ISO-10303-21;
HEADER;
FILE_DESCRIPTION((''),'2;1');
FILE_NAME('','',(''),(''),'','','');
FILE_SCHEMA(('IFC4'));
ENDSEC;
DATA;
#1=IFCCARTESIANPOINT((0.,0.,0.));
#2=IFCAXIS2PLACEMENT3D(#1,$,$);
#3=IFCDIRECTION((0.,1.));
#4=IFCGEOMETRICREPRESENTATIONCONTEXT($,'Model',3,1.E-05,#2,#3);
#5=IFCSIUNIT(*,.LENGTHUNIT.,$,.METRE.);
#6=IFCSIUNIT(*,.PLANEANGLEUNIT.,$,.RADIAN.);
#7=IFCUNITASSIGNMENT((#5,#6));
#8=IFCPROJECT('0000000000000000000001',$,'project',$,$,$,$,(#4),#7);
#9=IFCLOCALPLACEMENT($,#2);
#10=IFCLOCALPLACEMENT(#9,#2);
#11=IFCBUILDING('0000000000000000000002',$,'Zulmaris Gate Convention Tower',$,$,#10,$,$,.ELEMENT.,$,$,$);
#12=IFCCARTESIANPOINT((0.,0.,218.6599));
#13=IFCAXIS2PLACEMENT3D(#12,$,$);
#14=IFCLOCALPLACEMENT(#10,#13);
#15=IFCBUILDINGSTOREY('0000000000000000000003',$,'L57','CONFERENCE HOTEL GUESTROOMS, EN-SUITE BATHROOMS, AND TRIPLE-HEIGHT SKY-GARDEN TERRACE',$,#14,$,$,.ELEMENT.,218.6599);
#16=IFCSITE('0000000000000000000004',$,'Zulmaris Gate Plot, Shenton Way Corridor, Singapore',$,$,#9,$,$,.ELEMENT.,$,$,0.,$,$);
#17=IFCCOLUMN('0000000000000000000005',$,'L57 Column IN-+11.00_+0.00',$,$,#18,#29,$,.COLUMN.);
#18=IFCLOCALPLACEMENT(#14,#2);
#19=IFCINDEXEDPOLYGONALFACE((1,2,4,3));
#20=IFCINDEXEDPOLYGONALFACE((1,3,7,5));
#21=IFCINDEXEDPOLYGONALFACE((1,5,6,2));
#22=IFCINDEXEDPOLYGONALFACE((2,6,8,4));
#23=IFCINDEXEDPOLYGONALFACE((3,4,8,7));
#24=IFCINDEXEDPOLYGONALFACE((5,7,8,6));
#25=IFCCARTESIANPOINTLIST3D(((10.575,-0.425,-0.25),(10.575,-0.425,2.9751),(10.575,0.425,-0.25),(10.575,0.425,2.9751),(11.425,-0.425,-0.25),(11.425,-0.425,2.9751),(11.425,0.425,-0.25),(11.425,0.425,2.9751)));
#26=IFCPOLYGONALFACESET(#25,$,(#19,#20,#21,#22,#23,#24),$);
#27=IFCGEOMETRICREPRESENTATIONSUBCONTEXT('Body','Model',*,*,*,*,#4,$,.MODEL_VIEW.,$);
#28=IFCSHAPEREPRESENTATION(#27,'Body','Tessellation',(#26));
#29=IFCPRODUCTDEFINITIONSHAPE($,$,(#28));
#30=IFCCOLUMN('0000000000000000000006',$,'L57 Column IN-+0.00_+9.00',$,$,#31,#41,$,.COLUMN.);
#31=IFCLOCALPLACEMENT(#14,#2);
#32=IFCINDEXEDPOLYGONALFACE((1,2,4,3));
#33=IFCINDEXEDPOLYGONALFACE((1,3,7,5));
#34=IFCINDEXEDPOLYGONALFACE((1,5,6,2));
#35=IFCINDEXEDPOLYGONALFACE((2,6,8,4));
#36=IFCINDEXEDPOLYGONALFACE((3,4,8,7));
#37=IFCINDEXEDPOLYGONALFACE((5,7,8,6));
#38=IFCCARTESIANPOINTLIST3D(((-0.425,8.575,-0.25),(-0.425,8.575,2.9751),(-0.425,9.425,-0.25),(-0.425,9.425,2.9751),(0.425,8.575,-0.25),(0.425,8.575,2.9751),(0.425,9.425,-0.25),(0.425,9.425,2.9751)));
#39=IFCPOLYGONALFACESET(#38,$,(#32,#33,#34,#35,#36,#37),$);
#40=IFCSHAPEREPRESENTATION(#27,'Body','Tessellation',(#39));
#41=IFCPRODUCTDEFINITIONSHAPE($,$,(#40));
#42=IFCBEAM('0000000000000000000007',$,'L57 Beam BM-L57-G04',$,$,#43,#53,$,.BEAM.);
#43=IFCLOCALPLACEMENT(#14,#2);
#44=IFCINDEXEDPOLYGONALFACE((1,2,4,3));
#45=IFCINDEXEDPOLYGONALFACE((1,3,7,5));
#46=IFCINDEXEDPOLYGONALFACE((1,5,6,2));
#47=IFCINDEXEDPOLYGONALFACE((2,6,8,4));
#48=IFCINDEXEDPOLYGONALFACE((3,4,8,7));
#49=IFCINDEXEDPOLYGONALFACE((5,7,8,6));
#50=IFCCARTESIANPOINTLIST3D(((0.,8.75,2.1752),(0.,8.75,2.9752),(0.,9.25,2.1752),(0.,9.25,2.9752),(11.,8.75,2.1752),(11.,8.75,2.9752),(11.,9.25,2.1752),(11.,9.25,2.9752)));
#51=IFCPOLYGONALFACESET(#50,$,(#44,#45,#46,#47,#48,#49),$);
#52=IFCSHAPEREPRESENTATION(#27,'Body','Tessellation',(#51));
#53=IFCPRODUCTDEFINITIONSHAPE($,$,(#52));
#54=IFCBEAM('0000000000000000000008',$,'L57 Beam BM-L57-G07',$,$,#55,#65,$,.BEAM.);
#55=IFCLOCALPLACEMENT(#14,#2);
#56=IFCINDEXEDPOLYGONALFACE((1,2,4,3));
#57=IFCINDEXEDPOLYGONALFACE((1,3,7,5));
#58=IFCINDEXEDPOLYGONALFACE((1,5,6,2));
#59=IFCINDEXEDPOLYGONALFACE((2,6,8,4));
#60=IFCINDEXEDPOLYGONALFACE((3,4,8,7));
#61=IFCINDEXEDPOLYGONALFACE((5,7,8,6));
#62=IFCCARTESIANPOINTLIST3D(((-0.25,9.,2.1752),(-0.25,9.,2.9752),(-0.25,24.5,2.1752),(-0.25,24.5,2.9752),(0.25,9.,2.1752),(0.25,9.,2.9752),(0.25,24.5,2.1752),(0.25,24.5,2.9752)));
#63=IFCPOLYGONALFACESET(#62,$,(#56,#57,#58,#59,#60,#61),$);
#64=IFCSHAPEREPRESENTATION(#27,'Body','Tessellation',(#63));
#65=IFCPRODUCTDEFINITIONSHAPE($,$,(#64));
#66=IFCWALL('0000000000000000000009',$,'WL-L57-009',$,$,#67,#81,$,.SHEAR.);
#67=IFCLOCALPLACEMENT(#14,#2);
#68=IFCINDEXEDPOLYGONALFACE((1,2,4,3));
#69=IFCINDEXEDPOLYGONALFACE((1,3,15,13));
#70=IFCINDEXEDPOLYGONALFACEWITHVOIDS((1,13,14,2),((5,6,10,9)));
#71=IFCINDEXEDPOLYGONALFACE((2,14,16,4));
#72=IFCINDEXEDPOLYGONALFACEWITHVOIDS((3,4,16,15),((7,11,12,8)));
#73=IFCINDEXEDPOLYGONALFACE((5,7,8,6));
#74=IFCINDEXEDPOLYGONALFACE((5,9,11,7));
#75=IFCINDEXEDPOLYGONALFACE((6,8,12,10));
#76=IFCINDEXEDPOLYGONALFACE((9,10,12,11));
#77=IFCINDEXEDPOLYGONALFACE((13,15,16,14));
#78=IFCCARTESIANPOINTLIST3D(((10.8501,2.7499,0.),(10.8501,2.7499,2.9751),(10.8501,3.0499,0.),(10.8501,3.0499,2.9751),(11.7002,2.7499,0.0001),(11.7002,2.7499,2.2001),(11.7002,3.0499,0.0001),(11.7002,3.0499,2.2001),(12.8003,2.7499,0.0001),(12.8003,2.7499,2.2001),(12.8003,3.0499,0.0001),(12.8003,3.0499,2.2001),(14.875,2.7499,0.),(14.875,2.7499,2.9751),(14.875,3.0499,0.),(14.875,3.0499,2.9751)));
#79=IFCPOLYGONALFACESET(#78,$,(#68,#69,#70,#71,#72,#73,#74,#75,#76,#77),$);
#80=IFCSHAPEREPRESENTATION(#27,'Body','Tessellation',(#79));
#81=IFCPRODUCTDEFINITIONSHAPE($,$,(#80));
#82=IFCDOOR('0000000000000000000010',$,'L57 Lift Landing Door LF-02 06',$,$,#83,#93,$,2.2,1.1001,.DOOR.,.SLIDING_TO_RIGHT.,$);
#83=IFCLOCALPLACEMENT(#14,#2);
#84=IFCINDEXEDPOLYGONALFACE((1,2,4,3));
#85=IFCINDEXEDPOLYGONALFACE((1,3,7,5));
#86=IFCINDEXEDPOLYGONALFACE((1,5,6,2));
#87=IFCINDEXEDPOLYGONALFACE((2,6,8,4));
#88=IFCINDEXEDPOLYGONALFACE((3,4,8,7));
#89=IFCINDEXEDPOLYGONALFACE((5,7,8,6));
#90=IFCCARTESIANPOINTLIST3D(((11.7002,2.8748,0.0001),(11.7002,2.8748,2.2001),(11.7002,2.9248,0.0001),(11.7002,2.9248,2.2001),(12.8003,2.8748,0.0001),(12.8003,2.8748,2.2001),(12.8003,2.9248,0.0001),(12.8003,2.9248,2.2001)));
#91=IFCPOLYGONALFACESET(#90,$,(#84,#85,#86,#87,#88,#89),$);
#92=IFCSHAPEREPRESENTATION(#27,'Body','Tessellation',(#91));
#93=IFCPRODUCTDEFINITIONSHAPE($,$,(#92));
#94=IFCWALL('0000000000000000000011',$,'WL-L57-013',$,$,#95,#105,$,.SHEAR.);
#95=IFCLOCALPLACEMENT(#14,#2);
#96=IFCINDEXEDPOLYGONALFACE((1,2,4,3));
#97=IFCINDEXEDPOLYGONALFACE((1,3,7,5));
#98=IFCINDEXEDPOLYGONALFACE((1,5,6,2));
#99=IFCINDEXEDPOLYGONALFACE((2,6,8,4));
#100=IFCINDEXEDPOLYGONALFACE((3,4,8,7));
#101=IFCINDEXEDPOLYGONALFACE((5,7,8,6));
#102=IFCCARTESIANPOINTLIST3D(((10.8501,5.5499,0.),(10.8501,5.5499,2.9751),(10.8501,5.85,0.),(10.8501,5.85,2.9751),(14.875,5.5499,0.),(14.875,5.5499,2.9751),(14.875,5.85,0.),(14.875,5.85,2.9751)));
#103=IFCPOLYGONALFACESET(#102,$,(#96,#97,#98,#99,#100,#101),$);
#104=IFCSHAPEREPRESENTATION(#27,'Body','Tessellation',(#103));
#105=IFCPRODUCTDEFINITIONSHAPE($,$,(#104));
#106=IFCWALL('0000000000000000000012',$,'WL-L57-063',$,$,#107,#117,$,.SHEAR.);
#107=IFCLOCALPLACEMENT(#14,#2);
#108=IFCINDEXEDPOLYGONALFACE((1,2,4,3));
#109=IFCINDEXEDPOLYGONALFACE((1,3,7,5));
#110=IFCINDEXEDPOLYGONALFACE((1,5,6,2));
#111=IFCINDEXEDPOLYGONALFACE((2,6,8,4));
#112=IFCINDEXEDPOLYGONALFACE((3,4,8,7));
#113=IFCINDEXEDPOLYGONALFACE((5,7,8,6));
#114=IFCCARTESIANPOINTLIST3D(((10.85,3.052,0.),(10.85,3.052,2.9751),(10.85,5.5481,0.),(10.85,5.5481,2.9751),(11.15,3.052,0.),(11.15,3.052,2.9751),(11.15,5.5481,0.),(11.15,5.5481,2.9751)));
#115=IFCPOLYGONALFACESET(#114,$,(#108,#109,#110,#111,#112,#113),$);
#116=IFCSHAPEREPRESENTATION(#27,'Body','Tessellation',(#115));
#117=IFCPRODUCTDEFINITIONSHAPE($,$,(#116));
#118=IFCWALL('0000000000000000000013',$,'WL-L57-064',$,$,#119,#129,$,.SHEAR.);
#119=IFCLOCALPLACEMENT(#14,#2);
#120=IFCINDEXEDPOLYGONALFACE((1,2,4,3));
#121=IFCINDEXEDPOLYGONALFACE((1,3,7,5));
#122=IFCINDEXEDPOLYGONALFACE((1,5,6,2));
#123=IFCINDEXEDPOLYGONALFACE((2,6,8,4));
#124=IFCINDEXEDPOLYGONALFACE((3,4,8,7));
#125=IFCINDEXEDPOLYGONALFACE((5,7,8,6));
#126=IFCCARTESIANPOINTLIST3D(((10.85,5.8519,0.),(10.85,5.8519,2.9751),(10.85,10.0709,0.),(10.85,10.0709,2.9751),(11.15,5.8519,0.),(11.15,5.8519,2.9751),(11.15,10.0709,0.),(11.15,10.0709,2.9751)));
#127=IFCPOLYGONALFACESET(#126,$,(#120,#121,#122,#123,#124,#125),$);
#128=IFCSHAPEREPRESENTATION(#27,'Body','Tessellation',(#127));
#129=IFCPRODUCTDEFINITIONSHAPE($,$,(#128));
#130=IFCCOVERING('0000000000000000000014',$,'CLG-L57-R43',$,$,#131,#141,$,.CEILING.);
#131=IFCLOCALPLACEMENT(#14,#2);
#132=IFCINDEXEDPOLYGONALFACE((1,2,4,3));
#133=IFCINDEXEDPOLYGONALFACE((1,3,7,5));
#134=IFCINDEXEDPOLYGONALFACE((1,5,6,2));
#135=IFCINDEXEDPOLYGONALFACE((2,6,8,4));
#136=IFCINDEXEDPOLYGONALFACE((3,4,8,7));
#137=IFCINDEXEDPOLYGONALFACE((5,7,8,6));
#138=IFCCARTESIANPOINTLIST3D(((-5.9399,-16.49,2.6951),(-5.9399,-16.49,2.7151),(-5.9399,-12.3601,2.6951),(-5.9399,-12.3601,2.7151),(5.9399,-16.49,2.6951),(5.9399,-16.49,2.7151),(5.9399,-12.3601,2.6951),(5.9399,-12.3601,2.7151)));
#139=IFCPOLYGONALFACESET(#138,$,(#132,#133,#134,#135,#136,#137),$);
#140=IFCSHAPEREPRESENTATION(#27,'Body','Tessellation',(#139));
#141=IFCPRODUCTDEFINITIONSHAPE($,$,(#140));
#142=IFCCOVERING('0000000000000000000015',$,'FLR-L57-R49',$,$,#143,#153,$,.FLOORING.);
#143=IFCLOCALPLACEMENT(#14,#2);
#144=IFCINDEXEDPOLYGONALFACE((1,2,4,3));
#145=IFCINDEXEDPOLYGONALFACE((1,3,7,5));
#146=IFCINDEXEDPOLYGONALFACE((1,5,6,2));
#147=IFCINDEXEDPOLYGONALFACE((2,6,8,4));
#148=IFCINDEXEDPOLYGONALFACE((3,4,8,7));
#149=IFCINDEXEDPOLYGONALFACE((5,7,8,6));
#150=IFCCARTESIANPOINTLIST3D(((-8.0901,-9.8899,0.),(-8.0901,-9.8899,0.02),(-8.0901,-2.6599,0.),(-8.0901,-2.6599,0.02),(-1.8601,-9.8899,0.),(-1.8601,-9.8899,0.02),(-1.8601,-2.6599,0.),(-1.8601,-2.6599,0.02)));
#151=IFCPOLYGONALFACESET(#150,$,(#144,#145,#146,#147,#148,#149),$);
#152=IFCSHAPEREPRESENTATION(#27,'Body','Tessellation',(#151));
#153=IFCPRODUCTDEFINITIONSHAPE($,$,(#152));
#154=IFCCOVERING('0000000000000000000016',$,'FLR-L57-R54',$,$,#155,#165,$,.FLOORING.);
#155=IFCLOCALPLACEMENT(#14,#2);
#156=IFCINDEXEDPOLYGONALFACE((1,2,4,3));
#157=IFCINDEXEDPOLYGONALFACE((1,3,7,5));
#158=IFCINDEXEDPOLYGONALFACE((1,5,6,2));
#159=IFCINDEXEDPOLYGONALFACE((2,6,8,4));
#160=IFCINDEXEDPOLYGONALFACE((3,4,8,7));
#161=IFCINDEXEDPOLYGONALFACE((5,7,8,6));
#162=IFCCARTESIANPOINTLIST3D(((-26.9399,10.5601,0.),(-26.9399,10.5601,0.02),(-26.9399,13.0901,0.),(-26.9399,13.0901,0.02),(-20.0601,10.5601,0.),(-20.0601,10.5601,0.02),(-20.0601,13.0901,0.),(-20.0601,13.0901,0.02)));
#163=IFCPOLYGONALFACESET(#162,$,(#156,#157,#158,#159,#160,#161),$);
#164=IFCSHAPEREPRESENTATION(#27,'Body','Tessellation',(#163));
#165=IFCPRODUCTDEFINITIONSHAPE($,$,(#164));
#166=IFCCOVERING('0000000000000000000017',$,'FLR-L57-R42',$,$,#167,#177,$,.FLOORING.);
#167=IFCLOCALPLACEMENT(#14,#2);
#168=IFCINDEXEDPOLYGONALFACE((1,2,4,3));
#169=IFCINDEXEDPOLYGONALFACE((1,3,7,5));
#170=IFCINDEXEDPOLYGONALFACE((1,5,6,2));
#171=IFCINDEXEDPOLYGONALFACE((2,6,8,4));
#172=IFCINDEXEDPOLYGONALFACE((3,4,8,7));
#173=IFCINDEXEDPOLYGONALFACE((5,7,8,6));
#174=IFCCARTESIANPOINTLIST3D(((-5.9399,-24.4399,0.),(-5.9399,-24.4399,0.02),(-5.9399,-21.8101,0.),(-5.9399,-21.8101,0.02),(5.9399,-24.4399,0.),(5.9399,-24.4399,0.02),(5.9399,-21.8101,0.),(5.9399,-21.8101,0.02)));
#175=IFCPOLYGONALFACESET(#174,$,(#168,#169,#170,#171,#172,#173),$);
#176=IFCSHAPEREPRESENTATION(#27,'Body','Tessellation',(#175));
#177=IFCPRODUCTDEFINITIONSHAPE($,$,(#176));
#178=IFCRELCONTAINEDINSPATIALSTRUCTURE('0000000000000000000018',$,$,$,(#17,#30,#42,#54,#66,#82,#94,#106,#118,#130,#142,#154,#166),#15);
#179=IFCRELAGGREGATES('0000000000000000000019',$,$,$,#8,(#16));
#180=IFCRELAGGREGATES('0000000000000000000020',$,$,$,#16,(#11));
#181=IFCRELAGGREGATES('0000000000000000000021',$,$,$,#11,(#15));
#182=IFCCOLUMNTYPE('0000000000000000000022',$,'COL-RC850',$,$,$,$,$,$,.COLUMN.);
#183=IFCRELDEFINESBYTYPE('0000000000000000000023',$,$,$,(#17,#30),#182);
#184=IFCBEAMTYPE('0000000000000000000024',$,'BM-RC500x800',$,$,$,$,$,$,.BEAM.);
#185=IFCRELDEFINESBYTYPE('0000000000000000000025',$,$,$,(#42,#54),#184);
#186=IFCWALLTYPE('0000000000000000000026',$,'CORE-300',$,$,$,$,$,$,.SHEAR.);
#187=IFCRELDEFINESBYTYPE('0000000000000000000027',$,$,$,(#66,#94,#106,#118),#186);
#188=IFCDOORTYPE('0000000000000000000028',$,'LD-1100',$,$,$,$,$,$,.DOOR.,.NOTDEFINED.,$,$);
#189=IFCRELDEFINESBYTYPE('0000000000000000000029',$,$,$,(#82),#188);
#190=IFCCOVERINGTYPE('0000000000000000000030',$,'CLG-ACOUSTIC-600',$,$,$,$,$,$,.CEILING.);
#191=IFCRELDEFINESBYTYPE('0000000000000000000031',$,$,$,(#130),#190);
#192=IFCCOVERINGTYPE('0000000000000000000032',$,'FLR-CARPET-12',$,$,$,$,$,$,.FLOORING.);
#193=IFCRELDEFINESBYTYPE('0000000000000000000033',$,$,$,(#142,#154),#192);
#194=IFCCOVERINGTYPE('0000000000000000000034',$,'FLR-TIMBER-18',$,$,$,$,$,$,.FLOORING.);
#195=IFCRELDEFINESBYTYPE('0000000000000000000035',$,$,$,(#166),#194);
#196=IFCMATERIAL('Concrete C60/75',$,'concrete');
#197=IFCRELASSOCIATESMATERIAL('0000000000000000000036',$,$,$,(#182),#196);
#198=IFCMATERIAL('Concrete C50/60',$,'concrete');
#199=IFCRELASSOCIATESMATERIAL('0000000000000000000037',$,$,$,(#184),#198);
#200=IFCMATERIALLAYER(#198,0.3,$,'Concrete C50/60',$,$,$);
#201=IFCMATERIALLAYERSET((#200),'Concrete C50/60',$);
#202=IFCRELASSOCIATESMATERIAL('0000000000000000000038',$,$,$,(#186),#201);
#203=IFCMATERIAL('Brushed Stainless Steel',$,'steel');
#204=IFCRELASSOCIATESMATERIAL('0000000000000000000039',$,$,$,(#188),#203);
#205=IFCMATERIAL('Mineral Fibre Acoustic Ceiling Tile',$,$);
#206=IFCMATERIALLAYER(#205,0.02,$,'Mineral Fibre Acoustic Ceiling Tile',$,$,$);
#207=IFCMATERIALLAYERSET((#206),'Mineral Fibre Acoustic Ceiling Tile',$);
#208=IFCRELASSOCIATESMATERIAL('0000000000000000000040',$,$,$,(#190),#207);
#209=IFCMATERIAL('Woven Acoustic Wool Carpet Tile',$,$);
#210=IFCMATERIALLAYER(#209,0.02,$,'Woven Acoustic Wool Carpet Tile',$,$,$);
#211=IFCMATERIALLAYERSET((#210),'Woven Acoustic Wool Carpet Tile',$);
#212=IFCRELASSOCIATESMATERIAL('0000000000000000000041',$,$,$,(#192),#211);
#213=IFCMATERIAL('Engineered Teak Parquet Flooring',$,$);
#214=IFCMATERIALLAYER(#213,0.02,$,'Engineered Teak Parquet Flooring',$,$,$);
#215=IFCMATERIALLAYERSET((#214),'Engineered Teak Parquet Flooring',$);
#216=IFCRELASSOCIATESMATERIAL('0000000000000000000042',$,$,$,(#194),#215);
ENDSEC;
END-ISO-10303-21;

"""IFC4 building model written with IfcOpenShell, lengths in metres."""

from ifc_helpers import new_model, si_unit, direction, frame, frame_2d, origin, origin_2d, place, context, subcontext, project, spatial, polyline, rectangle, outline, extrude, material, layer, layer_set, material_profile, profile_set, type_object, element, fill, save


model = new_model("IFC4")

# Units and contexts
model_context = context("Model", 3, precision=1e-05, world=origin(), true_north=direction((0.0, 1.0)))
body_context = subcontext(model_context, "Body", "Model", "MODEL_VIEW")
ifc_project = project(units=[si_unit("LENGTHUNIT", "METRE"), si_unit("PLANEANGLEUNIT", "RADIAN")], contexts=[model_context])

# Site, building, storey
site_placement = place(None, origin())
site = spatial("IfcSite", under=ifc_project, at=site_placement, Name="Zulmaris Gate Plot, Shenton Way Corridor, Singapore", CompositionType="ELEMENT", RefElevation=0.0)
building_placement = place(site_placement, origin())
building = spatial("IfcBuilding", under=site, at=building_placement, Name="Zulmaris Gate Convention Tower", CompositionType="ELEMENT")
storey_placement = place(building_placement, frame((0.0, 0.0, 218.6599)))
storey = spatial("IfcBuildingStorey", under=building, at=storey_placement, Name="L57", Description="CONFERENCE HOTEL GUESTROOMS, EN-SUITE BATHROOMS, AND TRIPLE-HEIGHT SKY-GARDEN TERRACE", CompositionType="ELEMENT", Elevation=218.6599)

# Columns
ifc_material_1 = material(Name="Concrete C60/75", Category="concrete")
ifc_material_profile_1 = material_profile(ifc_material_1, rectangle(XDim=0.8501, YDim=0.8501, at=origin_2d()), Name="RC COL 850x850")
ifc_profile_set_1 = profile_set([ifc_material_profile_1], Name="Concrete C60/75")
column_type = type_object("IfcColumnType", Name="COL-RC850", PredefinedType="COLUMN", material=ifc_profile_set_1)
for number, where, z_axis, x_axis, name in (
    (1, (11.0, 0.0, -0.25), (0.0, 0.0, 1.0), (1.0, 0.0, 0.0), "L57 Column IN-+11.00_+0.00"),
    (2, (0.0, 9.0, -0.25), (0.0, 0.0, 1.0), (1.0, 0.0, 0.0), "L57 Column IN-+0.00_+9.00"),
):
    element("IfcColumn", number, at=place(storey_placement, frame(where, z_axis=z_axis, x_axis=x_axis)), inside=storey, type_object=column_type, Name=name, PredefinedType="COLUMN", context=body_context, shape_type="SweptSolid", body=[
        extrude(rectangle(XDim=0.8501, YDim=0.8501, at=origin_2d()), origin(), (0.0, 0.0, 1.0), 3.2251),
    ])

# Beams
ifc_material_2 = material(Name="Concrete C50/60", Category="concrete")
ifc_material_profile_2 = material_profile(ifc_material_2, rectangle(XDim=0.5, YDim=0.8, at=origin_2d()), Name="RC BEAM 500x800")
ifc_profile_set_2 = profile_set([ifc_material_profile_2], Name="Concrete C50/60")
beam_type = type_object("IfcBeamType", Name="BM-RC500x800", PredefinedType="BEAM", material=ifc_profile_set_2)
beam_1_placement = place(storey_placement, frame((0.0, 9.0, 2.5752), z_axis=(1.0, 0.0, 0.0), x_axis=(0.0, 1.0, 0.0)))
element("IfcBeam", 3, at=beam_1_placement, inside=storey, type_object=beam_type, Name="L57 Beam BM-L57-G04", PredefinedType="BEAM", context=body_context, shape_type="SweptSolid", body=[
    extrude(rectangle(XDim=0.5, YDim=0.8, at=origin_2d()), origin(), (0.0, 0.0, 1.0), 11.0),
])
beam_2_placement = place(storey_placement, frame((0.0, 9.0, 2.5752), z_axis=(0.0, 1.0, 0.0), x_axis=(-1.0, 0.0, 0.0)))
element("IfcBeam", 4, at=beam_2_placement, inside=storey, type_object=beam_type, Name="L57 Beam BM-L57-G07", PredefinedType="BEAM", context=body_context, shape_type="SweptSolid", body=[
    extrude(rectangle(XDim=0.5, YDim=0.8, at=origin_2d()), origin(), (0.0, 0.0, 1.0), 15.5),
])

# Wall, opening, door
ifc_layer_1 = layer(ifc_material_2, 0.3, Name="Concrete C50/60")
ifc_layer_set_1 = layer_set([ifc_layer_1], Name="Concrete C50/60")
wall_type = type_object("IfcWallType", Name="CORE-300", PredefinedType="SHEAR", material=ifc_layer_set_1)
wall_1_placement = place(storey_placement, frame((10.8501, 2.8999, 0.0), z_axis=(0.0, 0.0, 1.0), x_axis=(1.0, 0.0, 0.0)))
wall_1 = element("IfcWall", 5, at=wall_1_placement, inside=storey, type_object=wall_type, Name="WL-L57-009", PredefinedType="SHEAR", context=body_context, shape_type="SweptSolid", body=[
    extrude(rectangle(XDim=4.0249, YDim=0.3, at=frame_2d((2.0125, 0.0))), origin(), (0.0, 0.0, 1.0), 2.9751),
])
opening_1_placement = place(wall_1_placement, frame((0.8501, 0.0, 0.0)))
opening_1 = element("IfcOpeningElement", 6, at=opening_1_placement, cuts=wall_1, PredefinedType="OPENING", context=body_context, shape_type="SweptSolid", body=[
    extrude(rectangle(XDim=1.1001, YDim=2.2, at=frame_2d((0.55, 1.1001))), frame((0.0, 0.1602, 0.0), z_axis=(0.0, -1.0, 0.0), x_axis=(1.0, 0.0, 0.0)), (0.0, 0.0, 1.0), 0.3201),
])
ifc_material_3 = material(Name="Brushed Stainless Steel", Category="steel")
door_type_1 = type_object("IfcDoorType", Name="LD-1100", OperationType="NOTDEFINED", PredefinedType="DOOR", material=ifc_material_3)
door_1_placement = place(opening_1_placement, origin())
door_1 = element("IfcDoor", 7, at=door_1_placement, inside=storey, type_object=door_type_1, Name="L57 Lift Landing Door LF-02 06", OperationType="SLIDING_TO_RIGHT", OverallHeight=2.2, OverallWidth=1.1001, PredefinedType="DOOR", context=body_context, shape_type="SweptSolid", body=[
    extrude(rectangle(XDim=1.1001, YDim=2.2, at=frame_2d((0.55, 1.1001))), frame((0.0, 0.0249, 0.0), z_axis=(0.0, -1.0, 0.0), x_axis=(1.0, 0.0, 0.0)), (0.0, 0.0, 1.0), 0.05),
])
fill(opening_1, door_1)

# Wall
wall_2_placement = place(storey_placement, frame((10.8501, 5.7, 0.0), z_axis=(0.0, 0.0, 1.0), x_axis=(1.0, 0.0, 0.0)))
element("IfcWall", 8, at=wall_2_placement, inside=storey, type_object=wall_type, Name="WL-L57-013", PredefinedType="SHEAR", context=body_context, shape_type="SweptSolid", body=[
    extrude(rectangle(XDim=4.0249, YDim=0.3, at=frame_2d((2.0125, 0.0))), origin(), (0.0, 0.0, 1.0), 2.9751),
])

# Walls
wall_3_placement = place(storey_placement, frame((11.0, 3.052, 0.0), z_axis=(0.0, 0.0, 1.0), x_axis=(0.0, 1.0, 0.0)))
element("IfcWall", 9, at=wall_3_placement, inside=storey, type_object=wall_type, Name="WL-L57-063", PredefinedType="SHEAR", context=body_context, shape_type="SweptSolid", body=[
    extrude(rectangle(XDim=2.4961, YDim=0.3, at=frame_2d((1.248, 0.0))), origin(), (0.0, 0.0, 1.0), 2.9751),
])
wall_4_placement = place(storey_placement, frame((11.0, 5.8521, 0.0), z_axis=(0.0, 0.0, 1.0), x_axis=(0.0, 1.0, 0.0)))
element("IfcWall", 10, at=wall_4_placement, inside=storey, type_object=wall_type, Name="WL-L57-064", PredefinedType="SHEAR", context=body_context, shape_type="SweptSolid", body=[
    extrude(rectangle(XDim=4.219, YDim=0.3, at=frame_2d((2.1094, 0.0))), origin(), (0.0, 0.0, 1.0), 2.9751),
])

# Coverings
ifc_material_4 = material(Name="Mineral Fibre Acoustic Ceiling Tile")
ifc_layer_2 = layer(ifc_material_4, 0.02, Name="Mineral Fibre Acoustic Ceiling Tile")
ifc_layer_set_2 = layer_set([ifc_layer_2], Name="Mineral Fibre Acoustic Ceiling Tile")
covering_type_1 = type_object("IfcCoveringType", Name="CLG-ACOUSTIC-600", PredefinedType="CEILING", material=ifc_layer_set_2)
covering_1_placement = place(storey_placement, frame((0.0, 0.0, 2.6951)))
element("IfcCovering", 11, at=covering_1_placement, inside=storey, type_object=covering_type_1, Name="CLG-L57-R43", PredefinedType="CEILING", context=body_context, shape_type="SweptSolid", body=[
    extrude(outline(polyline([(-5.9399, -16.49), (5.9399, -16.49), (5.9399, -12.3601), (-5.9399, -12.3601), (-5.9399, -16.49)])), origin(), (0.0, 0.0, 1.0), 0.02),
])
ifc_material_5 = material(Name="Woven Acoustic Wool Carpet Tile")
ifc_layer_3 = layer(ifc_material_5, 0.02, Name="Woven Acoustic Wool Carpet Tile")
ifc_layer_set_3 = layer_set([ifc_layer_3], Name="Woven Acoustic Wool Carpet Tile")
covering_type_2 = type_object("IfcCoveringType", Name="FLR-CARPET-12", PredefinedType="FLOORING", material=ifc_layer_set_3)
covering_2_placement = place(storey_placement, origin())
element("IfcCovering", 12, at=covering_2_placement, inside=storey, type_object=covering_type_2, Name="FLR-L57-R49", PredefinedType="FLOORING", context=body_context, shape_type="SweptSolid", body=[
    extrude(outline(polyline([(-8.0901, -9.8899), (-1.8601, -9.8899), (-1.8601, -2.6599), (-8.0901, -2.6599), (-8.0901, -9.8899)])), origin(), (0.0, 0.0, 1.0), 0.02),
])
covering_3_placement = place(storey_placement, origin())
element("IfcCovering", 13, at=covering_3_placement, inside=storey, type_object=covering_type_2, Name="FLR-L57-R54", PredefinedType="FLOORING", context=body_context, shape_type="SweptSolid", body=[
    extrude(outline(polyline([(-26.9399, 10.5601), (-20.0601, 10.5601), (-20.0601, 13.0901), (-26.9399, 13.0901), (-26.9399, 10.5601)])), origin(), (0.0, 0.0, 1.0), 0.02),
])
ifc_material_6 = material(Name="Engineered Teak Parquet Flooring")
ifc_layer_4 = layer(ifc_material_6, 0.02, Name="Engineered Teak Parquet Flooring")
ifc_layer_set_4 = layer_set([ifc_layer_4], Name="Engineered Teak Parquet Flooring")
covering_type_3 = type_object("IfcCoveringType", Name="FLR-TIMBER-18", PredefinedType="FLOORING", material=ifc_layer_set_4)
covering_4_placement = place(storey_placement, origin())
element("IfcCovering", 14, at=covering_4_placement, inside=storey, type_object=covering_type_3, Name="FLR-L57-R42", PredefinedType="FLOORING", context=body_context, shape_type="SweptSolid", body=[
    extrude(outline(polyline([(-5.9399, -24.4399), (5.9399, -24.4399), (5.9399, -21.8101), (-5.9399, -21.8101), (-5.9399, -24.4399)])), origin(), (0.0, 0.0, 1.0), 0.02),
])

save(model, "model.ifc")
